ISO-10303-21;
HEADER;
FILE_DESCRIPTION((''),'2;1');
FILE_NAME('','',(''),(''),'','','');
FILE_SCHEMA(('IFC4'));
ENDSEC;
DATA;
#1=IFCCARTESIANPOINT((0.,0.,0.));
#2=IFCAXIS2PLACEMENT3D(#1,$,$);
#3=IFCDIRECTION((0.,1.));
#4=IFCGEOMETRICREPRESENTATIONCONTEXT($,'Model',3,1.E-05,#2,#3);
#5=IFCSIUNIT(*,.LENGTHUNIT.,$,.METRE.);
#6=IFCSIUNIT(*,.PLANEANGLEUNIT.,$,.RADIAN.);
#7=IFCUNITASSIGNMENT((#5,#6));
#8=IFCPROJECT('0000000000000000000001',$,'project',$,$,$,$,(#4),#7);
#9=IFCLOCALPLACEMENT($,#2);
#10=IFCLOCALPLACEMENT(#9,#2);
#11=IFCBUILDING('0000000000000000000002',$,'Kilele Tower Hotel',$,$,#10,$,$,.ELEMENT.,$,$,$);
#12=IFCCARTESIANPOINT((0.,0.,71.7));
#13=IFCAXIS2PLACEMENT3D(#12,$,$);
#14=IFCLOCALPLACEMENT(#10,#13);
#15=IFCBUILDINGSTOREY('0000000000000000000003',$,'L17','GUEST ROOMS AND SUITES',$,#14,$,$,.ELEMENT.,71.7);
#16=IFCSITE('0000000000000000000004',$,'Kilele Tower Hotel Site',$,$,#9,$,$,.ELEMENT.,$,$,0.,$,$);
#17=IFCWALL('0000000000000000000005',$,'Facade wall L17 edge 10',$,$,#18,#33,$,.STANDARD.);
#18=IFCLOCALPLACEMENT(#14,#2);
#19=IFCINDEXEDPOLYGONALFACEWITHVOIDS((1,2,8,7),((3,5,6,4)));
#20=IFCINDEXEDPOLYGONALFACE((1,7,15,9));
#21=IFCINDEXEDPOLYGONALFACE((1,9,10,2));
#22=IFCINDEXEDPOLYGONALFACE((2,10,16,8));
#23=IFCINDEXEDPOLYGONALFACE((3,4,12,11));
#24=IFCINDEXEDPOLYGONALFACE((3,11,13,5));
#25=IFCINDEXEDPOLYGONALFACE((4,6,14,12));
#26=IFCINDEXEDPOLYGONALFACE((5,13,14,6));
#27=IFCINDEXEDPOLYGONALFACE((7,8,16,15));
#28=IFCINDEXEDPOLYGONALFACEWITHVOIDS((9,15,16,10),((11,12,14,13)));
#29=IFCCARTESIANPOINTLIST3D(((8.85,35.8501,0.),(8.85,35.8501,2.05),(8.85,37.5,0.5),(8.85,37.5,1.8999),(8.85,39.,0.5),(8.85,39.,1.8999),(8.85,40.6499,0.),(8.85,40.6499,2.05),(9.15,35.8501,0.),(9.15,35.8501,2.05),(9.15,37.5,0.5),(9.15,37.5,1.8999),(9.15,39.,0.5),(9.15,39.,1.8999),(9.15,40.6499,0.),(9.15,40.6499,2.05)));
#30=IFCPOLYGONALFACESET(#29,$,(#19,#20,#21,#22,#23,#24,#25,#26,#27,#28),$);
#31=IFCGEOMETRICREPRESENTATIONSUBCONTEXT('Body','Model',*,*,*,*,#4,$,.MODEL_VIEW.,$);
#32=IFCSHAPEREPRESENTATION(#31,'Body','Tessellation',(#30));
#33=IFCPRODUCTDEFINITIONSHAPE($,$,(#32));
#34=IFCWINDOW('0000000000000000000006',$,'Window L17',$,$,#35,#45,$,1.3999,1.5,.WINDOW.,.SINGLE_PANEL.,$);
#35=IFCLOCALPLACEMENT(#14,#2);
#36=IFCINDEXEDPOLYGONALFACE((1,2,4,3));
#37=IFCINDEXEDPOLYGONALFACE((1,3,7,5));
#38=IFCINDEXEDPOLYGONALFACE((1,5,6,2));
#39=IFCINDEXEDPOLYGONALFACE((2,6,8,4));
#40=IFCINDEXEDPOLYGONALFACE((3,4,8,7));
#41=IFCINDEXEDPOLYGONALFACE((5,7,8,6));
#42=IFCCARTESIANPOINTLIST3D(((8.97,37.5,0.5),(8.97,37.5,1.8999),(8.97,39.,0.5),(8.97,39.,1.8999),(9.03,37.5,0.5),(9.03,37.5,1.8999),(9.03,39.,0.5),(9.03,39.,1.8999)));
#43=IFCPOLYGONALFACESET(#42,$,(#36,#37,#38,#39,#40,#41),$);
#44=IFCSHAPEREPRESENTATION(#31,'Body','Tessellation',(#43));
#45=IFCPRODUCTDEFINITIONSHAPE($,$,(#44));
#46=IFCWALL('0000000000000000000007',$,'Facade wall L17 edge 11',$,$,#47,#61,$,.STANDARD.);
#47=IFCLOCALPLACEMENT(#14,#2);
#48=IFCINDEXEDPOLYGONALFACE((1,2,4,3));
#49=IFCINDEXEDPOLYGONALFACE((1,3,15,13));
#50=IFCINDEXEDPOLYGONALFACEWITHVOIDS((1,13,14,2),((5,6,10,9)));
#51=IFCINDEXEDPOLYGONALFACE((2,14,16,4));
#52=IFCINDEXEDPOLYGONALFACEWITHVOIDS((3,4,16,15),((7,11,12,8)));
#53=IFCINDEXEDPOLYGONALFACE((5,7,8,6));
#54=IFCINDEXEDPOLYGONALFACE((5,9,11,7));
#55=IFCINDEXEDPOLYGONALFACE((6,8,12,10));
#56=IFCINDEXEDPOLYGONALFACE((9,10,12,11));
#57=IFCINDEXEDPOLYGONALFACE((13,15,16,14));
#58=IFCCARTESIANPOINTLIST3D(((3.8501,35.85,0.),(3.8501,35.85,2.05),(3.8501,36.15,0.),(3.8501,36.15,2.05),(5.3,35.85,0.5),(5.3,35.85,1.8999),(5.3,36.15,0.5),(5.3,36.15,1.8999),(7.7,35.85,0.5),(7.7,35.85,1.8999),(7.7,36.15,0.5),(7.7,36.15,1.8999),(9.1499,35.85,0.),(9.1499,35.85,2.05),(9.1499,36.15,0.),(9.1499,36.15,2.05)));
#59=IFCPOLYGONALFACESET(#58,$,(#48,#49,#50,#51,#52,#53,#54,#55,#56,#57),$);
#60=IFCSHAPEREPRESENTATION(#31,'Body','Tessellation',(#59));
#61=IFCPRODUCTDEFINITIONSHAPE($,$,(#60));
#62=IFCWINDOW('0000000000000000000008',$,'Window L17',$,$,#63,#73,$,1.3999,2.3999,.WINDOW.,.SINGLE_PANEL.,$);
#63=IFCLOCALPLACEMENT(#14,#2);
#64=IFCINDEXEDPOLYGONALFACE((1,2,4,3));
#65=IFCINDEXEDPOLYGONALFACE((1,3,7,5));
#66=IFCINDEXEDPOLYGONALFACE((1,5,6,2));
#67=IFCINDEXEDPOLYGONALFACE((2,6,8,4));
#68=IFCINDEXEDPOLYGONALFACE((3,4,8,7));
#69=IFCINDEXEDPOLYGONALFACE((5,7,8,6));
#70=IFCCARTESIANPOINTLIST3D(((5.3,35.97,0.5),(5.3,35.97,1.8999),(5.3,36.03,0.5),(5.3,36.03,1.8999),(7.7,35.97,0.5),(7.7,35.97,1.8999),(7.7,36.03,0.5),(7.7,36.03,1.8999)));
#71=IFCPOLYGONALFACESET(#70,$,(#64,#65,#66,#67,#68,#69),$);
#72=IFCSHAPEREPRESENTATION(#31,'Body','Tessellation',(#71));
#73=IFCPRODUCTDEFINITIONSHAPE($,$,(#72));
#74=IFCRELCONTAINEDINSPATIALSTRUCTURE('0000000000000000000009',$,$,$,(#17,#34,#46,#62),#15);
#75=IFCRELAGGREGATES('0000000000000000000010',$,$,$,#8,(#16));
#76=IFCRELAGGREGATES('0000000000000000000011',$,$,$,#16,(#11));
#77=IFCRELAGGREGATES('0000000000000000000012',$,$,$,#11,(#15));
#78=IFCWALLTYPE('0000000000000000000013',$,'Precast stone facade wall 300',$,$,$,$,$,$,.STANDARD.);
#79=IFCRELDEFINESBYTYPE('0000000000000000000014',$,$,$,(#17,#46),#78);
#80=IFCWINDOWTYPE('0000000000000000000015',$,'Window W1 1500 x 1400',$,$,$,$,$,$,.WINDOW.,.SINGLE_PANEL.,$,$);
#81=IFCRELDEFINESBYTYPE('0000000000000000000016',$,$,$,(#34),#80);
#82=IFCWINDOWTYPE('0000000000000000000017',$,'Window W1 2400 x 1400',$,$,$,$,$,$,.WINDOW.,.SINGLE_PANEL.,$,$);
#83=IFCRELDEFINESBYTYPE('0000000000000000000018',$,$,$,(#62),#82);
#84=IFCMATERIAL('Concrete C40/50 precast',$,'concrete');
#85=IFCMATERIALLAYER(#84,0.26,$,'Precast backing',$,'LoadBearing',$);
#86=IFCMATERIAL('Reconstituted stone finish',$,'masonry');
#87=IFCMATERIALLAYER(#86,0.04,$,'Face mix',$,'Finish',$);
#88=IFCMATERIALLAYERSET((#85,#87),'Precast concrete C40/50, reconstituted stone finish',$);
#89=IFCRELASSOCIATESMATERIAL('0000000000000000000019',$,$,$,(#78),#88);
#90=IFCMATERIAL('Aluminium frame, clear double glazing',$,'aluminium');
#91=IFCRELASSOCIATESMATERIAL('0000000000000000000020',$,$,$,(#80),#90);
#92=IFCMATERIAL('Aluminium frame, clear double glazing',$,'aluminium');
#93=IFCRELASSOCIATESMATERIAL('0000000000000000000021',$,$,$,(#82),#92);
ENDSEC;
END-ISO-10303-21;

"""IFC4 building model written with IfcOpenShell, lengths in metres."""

from ifc_helpers import new_model, si_unit, direction, frame, frame_2d, origin, place, context, subcontext, project, spatial, rectangle, extrude, material, layer, layer_set, type_object, element, fill, save


model = new_model("IFC4")

# Units and contexts
model_context = context("Model", 3, precision=1e-05, world=origin(), true_north=direction((0.0, 1.0)))
body_context = subcontext(model_context, "Body", "Model", "MODEL_VIEW")
ifc_project = project(units=[si_unit("LENGTHUNIT", "METRE"), si_unit("PLANEANGLEUNIT", "RADIAN")], contexts=[model_context])

# Site, building, storey
site_placement = place(None, origin())
site = spatial("IfcSite", under=ifc_project, at=site_placement, Name="Kilele Tower Hotel Site", CompositionType="ELEMENT", RefElevation=0.0)
building_placement = place(site_placement, origin())
building = spatial("IfcBuilding", under=site, at=building_placement, Name="Kilele Tower Hotel", CompositionType="ELEMENT")
storey_placement = place(building_placement, frame((0.0, 0.0, 71.7)))
storey = spatial("IfcBuildingStorey", under=building, at=storey_placement, Name="L17", Description="GUEST ROOMS AND SUITES", CompositionType="ELEMENT", Elevation=71.7)

# Walls, openings, windows
ifc_material_1 = material(Name="Concrete C40/50 precast", Category="concrete")
ifc_layer_1 = layer(ifc_material_1, 0.26, Name="Precast backing", Category="LoadBearing")
ifc_material_2 = material(Name="Reconstituted stone finish", Category="masonry")
ifc_layer_2 = layer(ifc_material_2, 0.04, Name="Face mix", Category="Finish")
ifc_layer_set_1 = layer_set([ifc_layer_1, ifc_layer_2], Name="Precast concrete C40/50, reconstituted stone finish")
wall_type_1 = type_object("IfcWallType", Name="Precast stone facade wall 300", PredefinedType="STANDARD", material=ifc_layer_set_1)
wall_1_placement = place(storey_placement, frame((9.0, 40.6499, 0.0), z_axis=(0.0, 0.0, 1.0), x_axis=(0.0, -1.0, 0.0)))
wall_1 = element("IfcWall", 1, at=wall_1_placement, inside=storey, type_object=wall_type_1, Name="Facade wall L17 edge 10", PredefinedType="STANDARD", context=body_context, shape_type="SweptSolid", body=[
    extrude(rectangle(XDim=4.7998, YDim=0.3, at=frame_2d((2.3999, 0.0))), origin(), (0.0, 0.0, 1.0), 2.05),
])
opening_1_placement = place(wall_1_placement, frame((1.6499, 0.0, 0.5)))
opening_1 = element("IfcOpeningElement", 2, at=opening_1_placement, cuts=wall_1, PredefinedType="OPENING", context=body_context, shape_type="SweptSolid", body=[
    extrude(rectangle(XDim=1.5, YDim=1.3999, at=frame_2d((0.75, 0.7))), frame((0.0, 0.1599, 0.0), z_axis=(0.0, -1.0, 0.0), x_axis=(1.0, 0.0, 0.0)), (0.0, 0.0, 1.0), 0.3201),
])
ifc_material_3 = material(Name="Aluminium frame, clear double glazing", Category="aluminium")
window_type_1 = type_object("IfcWindowType", Name="Window W1 1500 x 1400", PartitioningType="SINGLE_PANEL", PredefinedType="WINDOW", material=ifc_material_3)
window_1_placement = place(opening_1_placement, origin())
window_1 = element("IfcWindow", 3, at=window_1_placement, inside=storey, type_object=window_type_1, Name="Window L17", OverallHeight=1.3999, OverallWidth=1.5, PartitioningType="SINGLE_PANEL", PredefinedType="WINDOW", context=body_context, shape_type="SweptSolid", body=[
    extrude(rectangle(XDim=1.5, YDim=1.3999, at=frame_2d((0.75, 0.7))), frame((0.0, 0.03, 0.0), z_axis=(0.0, -1.0, 0.0), x_axis=(1.0, 0.0, 0.0)), (0.0, 0.0, 1.0), 0.0601),
])
fill(opening_1, window_1)
wall_2_placement = place(storey_placement, frame((9.1499, 36.0, 0.0), z_axis=(0.0, 0.0, 1.0), x_axis=(-1.0, 0.0, 0.0)))
wall_2 = element("IfcWall", 4, at=wall_2_placement, inside=storey, type_object=wall_type_1, Name="Facade wall L17 edge 11", PredefinedType="STANDARD", context=body_context, shape_type="SweptSolid", body=[
    extrude(rectangle(XDim=5.2998, YDim=0.3, at=frame_2d((2.6499, 0.0))), origin(), (0.0, 0.0, 1.0), 2.05),
])
opening_2_placement = place(wall_2_placement, frame((1.45, 0.0, 0.5)))
opening_2 = element("IfcOpeningElement", 5, at=opening_2_placement, cuts=wall_2, PredefinedType="OPENING", context=body_context, shape_type="SweptSolid", body=[
    extrude(rectangle(XDim=2.3999, YDim=1.3999, at=frame_2d((1.2, 0.7))), frame((0.0, 0.1599, 0.0), z_axis=(0.0, -1.0, 0.0), x_axis=(1.0, 0.0, 0.0)), (0.0, 0.0, 1.0), 0.3201),
])
ifc_material_4 = material(Name="Aluminium frame, clear double glazing", Category="aluminium")
window_type_2 = type_object("IfcWindowType", Name="Window W1 2400 x 1400", PartitioningType="SINGLE_PANEL", PredefinedType="WINDOW", material=ifc_material_4)
window_2_placement = place(opening_2_placement, origin())
window_2 = element("IfcWindow", 6, at=window_2_placement, inside=storey, type_object=window_type_2, Name="Window L17", OverallHeight=1.3999, OverallWidth=2.3999, PartitioningType="SINGLE_PANEL", PredefinedType="WINDOW", context=body_context, shape_type="SweptSolid", body=[
    extrude(rectangle(XDim=2.3999, YDim=1.3999, at=frame_2d((1.2, 0.7))), frame((0.0, 0.03, 0.0), z_axis=(0.0, -1.0, 0.0), x_axis=(1.0, 0.0, 0.0)), (0.0, 0.0, 1.0), 0.0601),
])
fill(opening_2, window_2)

save(model, "model.ifc")
